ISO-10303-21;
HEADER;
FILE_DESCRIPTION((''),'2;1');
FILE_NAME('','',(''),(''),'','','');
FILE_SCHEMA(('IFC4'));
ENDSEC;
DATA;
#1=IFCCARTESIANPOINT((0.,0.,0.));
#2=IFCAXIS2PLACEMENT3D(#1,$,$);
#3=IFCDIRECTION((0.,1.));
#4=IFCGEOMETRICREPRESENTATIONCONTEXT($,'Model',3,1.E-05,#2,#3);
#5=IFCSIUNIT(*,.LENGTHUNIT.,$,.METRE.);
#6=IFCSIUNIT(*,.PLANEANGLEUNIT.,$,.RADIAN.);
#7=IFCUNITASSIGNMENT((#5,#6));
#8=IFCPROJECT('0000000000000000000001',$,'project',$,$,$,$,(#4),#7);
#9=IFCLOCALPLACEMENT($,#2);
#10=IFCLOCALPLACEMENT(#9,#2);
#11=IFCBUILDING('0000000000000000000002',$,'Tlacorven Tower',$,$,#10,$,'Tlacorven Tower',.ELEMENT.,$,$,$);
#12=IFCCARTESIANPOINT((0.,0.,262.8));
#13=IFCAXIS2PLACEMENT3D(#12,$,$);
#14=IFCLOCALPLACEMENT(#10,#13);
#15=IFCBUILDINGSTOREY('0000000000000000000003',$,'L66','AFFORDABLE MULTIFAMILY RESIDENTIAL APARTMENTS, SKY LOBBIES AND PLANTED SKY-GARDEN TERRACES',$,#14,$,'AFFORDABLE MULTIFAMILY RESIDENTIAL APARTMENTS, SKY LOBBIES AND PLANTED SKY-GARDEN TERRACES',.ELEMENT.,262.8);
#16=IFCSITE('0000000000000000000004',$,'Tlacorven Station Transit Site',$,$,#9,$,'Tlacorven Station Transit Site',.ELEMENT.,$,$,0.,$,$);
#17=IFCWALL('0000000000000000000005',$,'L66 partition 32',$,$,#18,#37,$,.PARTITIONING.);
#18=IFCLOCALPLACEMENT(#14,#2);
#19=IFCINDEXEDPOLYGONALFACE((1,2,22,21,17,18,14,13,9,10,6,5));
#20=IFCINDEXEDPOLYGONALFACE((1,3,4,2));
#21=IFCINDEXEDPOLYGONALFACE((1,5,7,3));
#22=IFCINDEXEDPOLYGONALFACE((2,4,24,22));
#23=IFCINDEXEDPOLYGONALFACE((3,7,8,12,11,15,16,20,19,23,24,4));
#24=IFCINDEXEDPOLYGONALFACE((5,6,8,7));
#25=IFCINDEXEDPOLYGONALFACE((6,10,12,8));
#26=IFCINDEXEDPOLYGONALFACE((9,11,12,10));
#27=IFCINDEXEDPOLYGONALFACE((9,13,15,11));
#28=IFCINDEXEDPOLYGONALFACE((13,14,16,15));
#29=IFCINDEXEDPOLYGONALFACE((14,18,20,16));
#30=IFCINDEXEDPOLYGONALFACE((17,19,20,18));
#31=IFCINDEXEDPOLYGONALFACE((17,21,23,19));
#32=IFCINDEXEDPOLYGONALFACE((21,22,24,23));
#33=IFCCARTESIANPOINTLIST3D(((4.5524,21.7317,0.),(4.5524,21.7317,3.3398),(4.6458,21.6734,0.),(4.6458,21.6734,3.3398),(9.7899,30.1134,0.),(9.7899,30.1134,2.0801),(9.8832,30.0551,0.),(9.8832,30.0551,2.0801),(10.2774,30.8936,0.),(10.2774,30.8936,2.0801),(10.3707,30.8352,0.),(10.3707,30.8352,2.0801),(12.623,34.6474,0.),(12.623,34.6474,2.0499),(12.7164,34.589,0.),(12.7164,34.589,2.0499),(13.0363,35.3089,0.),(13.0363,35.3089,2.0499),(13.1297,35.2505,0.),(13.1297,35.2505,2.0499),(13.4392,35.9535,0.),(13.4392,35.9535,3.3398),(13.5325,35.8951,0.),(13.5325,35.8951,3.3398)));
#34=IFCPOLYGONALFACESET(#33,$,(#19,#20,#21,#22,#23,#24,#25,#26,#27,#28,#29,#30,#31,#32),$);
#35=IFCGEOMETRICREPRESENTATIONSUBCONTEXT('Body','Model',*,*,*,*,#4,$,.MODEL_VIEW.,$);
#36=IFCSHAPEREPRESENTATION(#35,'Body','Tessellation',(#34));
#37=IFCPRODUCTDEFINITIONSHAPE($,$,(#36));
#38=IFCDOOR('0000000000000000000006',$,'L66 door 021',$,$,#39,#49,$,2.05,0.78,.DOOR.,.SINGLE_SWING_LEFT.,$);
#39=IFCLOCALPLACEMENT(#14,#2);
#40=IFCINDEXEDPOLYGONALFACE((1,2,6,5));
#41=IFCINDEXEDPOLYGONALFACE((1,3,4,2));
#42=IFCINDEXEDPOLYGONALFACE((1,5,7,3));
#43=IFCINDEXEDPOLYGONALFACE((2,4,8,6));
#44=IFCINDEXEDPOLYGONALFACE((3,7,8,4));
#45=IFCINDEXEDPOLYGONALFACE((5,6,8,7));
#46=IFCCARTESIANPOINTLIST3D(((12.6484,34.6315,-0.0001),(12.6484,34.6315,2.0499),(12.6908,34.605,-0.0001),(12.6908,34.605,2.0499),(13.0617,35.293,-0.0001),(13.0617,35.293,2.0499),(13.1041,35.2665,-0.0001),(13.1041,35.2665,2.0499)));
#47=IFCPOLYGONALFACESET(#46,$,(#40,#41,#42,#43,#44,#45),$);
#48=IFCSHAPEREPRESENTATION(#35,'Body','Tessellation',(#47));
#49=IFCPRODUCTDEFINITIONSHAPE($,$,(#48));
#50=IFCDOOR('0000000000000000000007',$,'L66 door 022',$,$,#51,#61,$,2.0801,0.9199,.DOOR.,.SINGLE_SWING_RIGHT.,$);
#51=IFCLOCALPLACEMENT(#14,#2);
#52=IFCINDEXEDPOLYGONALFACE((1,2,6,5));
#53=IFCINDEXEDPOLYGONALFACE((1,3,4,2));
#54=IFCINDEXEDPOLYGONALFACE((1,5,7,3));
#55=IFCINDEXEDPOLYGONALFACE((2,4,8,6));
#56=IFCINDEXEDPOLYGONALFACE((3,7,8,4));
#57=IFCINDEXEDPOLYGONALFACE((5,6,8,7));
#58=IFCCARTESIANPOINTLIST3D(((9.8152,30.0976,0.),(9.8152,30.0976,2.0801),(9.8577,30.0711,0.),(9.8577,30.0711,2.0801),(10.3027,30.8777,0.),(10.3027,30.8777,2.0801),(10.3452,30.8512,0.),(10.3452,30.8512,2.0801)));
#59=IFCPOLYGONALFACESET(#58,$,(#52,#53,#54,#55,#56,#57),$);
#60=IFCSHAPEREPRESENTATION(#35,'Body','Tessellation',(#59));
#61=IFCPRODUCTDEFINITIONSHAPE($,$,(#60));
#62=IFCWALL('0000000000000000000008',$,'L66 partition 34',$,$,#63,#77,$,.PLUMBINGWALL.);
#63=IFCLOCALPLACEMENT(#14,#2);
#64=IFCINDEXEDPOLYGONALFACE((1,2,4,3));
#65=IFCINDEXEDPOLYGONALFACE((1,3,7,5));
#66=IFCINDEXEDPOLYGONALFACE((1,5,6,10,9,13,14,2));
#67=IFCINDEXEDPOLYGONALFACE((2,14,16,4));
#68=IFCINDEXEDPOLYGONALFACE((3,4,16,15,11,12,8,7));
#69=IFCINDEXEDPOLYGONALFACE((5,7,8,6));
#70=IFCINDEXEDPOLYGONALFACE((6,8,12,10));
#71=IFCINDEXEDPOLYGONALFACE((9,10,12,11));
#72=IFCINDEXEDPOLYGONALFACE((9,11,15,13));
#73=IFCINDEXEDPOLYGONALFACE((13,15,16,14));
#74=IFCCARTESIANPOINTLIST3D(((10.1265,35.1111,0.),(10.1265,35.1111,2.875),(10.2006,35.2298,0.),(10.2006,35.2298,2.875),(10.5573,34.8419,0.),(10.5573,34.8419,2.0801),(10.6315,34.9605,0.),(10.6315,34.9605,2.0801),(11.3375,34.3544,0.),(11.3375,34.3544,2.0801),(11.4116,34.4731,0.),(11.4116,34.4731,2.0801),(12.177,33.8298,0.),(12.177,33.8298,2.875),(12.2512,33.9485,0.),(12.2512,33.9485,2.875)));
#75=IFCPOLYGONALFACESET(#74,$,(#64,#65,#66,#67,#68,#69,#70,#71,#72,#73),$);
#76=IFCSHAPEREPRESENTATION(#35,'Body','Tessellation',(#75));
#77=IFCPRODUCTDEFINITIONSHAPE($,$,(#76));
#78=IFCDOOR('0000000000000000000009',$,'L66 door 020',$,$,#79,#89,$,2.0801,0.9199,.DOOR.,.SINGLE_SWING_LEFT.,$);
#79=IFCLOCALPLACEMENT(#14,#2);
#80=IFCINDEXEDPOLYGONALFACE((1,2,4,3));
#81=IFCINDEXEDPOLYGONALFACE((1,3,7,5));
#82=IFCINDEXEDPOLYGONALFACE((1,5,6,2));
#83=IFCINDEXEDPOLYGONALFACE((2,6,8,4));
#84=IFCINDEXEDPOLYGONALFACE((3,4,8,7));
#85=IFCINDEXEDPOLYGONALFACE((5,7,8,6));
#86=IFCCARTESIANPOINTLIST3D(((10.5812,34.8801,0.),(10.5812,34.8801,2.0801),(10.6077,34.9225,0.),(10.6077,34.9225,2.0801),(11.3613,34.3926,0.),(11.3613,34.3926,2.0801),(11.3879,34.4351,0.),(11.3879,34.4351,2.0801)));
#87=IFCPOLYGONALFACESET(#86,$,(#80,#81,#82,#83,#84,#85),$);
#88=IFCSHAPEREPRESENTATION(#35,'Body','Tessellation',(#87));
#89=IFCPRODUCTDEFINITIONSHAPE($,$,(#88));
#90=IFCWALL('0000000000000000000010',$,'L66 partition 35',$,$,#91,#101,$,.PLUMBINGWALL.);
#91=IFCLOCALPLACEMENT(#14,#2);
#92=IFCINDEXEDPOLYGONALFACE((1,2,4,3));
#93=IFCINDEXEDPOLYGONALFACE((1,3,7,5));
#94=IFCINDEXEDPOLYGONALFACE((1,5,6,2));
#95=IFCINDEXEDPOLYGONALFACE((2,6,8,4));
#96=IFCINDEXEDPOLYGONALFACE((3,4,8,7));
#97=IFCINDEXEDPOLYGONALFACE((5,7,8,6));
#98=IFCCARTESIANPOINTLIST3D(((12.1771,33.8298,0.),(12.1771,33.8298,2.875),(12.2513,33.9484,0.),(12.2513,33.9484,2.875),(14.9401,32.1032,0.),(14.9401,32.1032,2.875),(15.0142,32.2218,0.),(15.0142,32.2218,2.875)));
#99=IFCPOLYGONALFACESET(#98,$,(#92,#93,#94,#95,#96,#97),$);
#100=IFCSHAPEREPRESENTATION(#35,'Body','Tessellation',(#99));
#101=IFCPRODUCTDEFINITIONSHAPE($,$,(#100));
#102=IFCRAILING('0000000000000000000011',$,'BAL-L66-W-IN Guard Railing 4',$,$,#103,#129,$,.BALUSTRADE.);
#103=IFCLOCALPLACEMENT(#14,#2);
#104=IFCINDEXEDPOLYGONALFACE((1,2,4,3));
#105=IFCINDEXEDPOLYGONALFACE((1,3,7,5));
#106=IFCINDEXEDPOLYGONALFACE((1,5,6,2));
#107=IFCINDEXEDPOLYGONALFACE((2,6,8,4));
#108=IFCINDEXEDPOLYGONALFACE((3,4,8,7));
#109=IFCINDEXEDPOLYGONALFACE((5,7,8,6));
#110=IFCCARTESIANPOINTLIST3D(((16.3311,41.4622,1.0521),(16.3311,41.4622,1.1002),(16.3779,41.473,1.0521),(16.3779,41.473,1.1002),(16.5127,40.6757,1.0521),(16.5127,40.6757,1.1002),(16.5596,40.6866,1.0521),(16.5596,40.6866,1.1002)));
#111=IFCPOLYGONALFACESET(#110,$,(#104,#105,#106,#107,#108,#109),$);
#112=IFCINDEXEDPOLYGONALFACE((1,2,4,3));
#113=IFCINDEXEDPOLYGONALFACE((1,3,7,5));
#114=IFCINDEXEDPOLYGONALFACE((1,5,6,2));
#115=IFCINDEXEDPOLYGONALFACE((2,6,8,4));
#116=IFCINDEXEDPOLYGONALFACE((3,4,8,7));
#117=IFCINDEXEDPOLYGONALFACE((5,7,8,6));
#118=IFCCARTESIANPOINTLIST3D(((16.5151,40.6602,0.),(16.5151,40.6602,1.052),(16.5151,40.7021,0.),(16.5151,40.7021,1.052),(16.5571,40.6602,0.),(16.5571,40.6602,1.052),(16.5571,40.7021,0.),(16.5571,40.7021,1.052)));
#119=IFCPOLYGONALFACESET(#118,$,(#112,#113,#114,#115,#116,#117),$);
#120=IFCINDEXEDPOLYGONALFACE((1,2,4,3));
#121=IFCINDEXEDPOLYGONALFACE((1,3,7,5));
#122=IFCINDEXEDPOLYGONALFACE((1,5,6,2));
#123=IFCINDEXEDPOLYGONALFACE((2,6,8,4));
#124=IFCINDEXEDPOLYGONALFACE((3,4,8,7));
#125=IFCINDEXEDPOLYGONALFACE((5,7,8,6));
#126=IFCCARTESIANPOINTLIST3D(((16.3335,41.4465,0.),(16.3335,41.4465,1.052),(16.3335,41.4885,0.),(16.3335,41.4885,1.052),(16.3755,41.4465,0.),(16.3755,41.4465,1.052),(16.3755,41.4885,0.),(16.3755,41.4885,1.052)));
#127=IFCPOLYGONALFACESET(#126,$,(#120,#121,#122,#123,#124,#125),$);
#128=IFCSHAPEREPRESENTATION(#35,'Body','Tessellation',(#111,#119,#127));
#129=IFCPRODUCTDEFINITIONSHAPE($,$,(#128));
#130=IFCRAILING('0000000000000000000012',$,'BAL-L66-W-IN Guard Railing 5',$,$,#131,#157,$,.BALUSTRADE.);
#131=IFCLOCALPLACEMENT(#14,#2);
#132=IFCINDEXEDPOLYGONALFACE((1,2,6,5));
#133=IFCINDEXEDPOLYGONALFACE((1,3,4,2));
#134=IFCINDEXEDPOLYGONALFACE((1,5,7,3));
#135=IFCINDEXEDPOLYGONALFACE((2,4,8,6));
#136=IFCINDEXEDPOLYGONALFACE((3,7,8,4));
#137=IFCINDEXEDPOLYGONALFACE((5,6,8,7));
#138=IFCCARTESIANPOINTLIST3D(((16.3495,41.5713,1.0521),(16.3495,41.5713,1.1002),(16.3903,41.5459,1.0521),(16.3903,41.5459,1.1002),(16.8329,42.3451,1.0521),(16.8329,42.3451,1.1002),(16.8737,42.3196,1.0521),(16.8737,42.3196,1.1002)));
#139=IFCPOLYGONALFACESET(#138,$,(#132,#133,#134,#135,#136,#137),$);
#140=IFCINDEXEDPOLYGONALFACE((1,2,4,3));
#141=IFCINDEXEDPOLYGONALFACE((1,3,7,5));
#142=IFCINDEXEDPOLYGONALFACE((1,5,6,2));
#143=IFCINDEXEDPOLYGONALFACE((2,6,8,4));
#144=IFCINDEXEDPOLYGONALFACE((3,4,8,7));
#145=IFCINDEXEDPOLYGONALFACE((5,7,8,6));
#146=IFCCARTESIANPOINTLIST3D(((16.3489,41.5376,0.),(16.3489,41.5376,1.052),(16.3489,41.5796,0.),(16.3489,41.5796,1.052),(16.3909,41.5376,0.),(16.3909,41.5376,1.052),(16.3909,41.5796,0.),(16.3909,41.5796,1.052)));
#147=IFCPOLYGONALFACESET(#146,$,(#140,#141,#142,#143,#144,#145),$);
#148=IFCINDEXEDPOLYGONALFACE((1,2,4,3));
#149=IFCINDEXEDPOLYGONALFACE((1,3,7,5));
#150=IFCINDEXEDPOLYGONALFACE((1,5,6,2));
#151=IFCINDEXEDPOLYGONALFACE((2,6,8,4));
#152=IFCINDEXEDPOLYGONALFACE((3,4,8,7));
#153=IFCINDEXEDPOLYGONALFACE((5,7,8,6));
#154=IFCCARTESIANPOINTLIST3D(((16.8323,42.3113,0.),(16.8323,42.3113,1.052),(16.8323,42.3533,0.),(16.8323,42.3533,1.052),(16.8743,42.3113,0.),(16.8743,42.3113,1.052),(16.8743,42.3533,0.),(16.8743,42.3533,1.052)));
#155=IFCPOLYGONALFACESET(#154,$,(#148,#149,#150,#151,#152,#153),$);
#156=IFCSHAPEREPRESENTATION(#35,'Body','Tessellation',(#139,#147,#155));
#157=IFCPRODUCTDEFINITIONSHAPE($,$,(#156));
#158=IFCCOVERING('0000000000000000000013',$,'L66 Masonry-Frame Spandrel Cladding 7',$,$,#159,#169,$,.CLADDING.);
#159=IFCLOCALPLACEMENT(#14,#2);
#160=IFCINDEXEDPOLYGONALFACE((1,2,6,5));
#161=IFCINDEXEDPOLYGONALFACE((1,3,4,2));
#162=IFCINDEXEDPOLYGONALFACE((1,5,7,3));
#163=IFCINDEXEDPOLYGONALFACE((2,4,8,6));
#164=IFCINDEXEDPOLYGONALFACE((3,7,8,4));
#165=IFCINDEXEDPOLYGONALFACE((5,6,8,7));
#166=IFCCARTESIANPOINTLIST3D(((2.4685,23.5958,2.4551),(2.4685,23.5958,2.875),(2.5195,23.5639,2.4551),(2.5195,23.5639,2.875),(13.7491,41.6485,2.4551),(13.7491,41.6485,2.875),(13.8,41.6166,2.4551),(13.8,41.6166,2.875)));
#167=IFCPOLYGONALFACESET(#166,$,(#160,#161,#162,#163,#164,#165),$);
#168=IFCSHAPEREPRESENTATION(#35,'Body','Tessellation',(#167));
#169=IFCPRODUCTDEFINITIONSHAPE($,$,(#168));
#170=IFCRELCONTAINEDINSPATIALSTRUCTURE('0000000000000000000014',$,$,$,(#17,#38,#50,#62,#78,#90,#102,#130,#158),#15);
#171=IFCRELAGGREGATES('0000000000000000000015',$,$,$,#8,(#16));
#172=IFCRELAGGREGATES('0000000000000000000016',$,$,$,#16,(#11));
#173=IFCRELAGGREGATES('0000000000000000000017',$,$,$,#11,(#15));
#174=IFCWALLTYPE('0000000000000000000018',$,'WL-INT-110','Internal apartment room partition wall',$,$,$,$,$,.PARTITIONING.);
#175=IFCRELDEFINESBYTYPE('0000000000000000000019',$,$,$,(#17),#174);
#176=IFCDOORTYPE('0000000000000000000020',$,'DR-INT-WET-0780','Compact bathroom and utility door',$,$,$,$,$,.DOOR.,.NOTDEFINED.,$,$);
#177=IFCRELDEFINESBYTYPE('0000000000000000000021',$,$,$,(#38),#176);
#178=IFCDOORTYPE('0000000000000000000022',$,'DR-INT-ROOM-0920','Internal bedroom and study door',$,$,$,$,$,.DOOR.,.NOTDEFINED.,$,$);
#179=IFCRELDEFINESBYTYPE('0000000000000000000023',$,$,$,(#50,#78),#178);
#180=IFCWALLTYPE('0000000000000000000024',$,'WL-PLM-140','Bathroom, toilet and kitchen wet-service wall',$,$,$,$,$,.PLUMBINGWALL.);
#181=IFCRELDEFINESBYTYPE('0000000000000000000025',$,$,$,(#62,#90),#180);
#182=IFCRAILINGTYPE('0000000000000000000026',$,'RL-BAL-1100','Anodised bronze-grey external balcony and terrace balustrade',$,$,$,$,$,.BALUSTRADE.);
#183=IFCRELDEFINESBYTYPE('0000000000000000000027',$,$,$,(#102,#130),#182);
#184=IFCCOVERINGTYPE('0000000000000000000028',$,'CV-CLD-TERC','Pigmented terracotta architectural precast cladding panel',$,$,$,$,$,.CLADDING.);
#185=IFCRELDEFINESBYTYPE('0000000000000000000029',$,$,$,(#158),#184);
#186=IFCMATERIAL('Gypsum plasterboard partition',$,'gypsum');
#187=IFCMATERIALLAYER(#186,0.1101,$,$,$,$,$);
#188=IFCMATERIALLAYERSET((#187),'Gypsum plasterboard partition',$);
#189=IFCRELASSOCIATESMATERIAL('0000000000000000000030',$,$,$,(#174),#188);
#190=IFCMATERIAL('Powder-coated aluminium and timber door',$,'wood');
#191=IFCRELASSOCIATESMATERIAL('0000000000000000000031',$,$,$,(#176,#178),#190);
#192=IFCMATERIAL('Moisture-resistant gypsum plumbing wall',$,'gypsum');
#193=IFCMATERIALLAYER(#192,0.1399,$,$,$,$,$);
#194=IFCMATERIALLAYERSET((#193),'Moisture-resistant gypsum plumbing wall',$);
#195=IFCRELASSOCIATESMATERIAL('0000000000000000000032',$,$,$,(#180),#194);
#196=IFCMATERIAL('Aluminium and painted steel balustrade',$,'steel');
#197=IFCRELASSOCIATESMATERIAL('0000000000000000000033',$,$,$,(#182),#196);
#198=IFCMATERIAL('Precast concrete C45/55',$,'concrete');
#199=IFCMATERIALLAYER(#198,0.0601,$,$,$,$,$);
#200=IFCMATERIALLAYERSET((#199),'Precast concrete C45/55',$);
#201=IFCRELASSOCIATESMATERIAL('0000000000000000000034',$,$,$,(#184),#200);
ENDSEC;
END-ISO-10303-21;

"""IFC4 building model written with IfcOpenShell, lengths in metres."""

from ifc_helpers import new_model, si_unit, direction, frame, frame_2d, origin, origin_2d, place, context, subcontext, project, spatial, rectangle, extrude, source, transform, mapped, material, layer, layer_set, type_object, element, fill, save


model = new_model("IFC4")

# Units and contexts
model_context = context("Model", 3, precision=1e-05, world=origin(), true_north=direction((0.0, 1.0)))
body_context = subcontext(model_context, "Body", "Model", "MODEL_VIEW")
ifc_project = project(units=[si_unit("LENGTHUNIT", "METRE"), si_unit("PLANEANGLEUNIT", "RADIAN")], contexts=[model_context])

# Site, building, storey
site_placement = place(None, origin())
site = spatial("IfcSite", under=ifc_project, at=site_placement, Name="Tlacorven Station Transit Site", LongName="Tlacorven Station Transit Site", CompositionType="ELEMENT", RefElevation=0.0)
building_placement = place(site_placement, origin())
building = spatial("IfcBuilding", under=site, at=building_placement, Name="Tlacorven Tower", LongName="Tlacorven Tower", CompositionType="ELEMENT")
storey_placement = place(building_placement, frame((0.0, 0.0, 262.8)))
storey = spatial("IfcBuildingStorey", under=building, at=storey_placement, Name="L66", Description="AFFORDABLE MULTIFAMILY RESIDENTIAL APARTMENTS, SKY LOBBIES AND PLANTED SKY-GARDEN TERRACES", LongName="AFFORDABLE MULTIFAMILY RESIDENTIAL APARTMENTS, SKY LOBBIES AND PLANTED SKY-GARDEN TERRACES", CompositionType="ELEMENT", Elevation=262.8)

# Shared definitions
ifc_material_1 = material(Name="Precast concrete C45/55", Category="concrete")
ifc_material_2 = material(Name="Powder-coated aluminium and timber door", Category="wood")

# Wall, openings, doors
ifc_material_3 = material(Name="Gypsum plasterboard partition", Category="gypsum")
ifc_layer_1 = layer(ifc_material_3, 0.1101)
ifc_layer_set_1 = layer_set([ifc_layer_1], Name="Gypsum plasterboard partition")
wall_type_1 = type_object("IfcWallType", Name="WL-INT-110", Description="Internal apartment room partition wall", PredefinedType="PARTITIONING", material=ifc_layer_set_1)
wall_1_placement = place(storey_placement, frame((13.4858, 35.9243, 0.0), z_axis=(0.0, 0.0, 1.0), x_axis=(-0.52992, -0.848047, 0.0)))
wall_1 = element("IfcWall", 1, at=wall_1_placement, inside=storey, type_object=wall_type_1, Name="L66 partition 32", PredefinedType="PARTITIONING", context=body_context, shape_type="SweptSolid", body=[
    extrude(rectangle(XDim=16.77, YDim=0.1101, at=frame_2d((8.385, 0.0))), origin(), (0.0, 0.0, 1.0), 3.3398),
])
opening_1_placement = place(wall_1_placement, frame((0.76, 0.0, 0.0)))
opening_1 = element("IfcOpeningElement", 2, at=opening_1_placement, cuts=wall_1, PredefinedType="OPENING", context=body_context, shape_type="SweptSolid", body=[
    extrude(rectangle(XDim=0.78, YDim=2.05, at=frame_2d((0.3901, 1.0249))), frame((0.0, 0.0649, 0.0), z_axis=(0.0, -1.0, 0.0), x_axis=(1.0, 0.0, 0.0)), (0.0, 0.0, 1.0), 0.1301),
])
opening_2_placement = place(wall_1_placement, frame((5.9666, 0.0, 0.0)))
opening_2 = element("IfcOpeningElement", 3, at=opening_2_placement, cuts=wall_1, PredefinedType="OPENING", context=body_context, shape_type="SweptSolid", body=[
    extrude(rectangle(XDim=0.9199, YDim=2.0801, at=frame_2d((0.46, 1.04))), frame((0.0, 0.0649, 0.0), z_axis=(0.0, -1.0, 0.0), x_axis=(1.0, 0.0, 0.0)), (0.0, 0.0, 1.0), 0.1301),
])
door_type_1 = type_object("IfcDoorType", Name="DR-INT-WET-0780", Description="Compact bathroom and utility door", OperationType="NOTDEFINED", PredefinedType="DOOR", material=ifc_material_2)
shared_shape_1 = source(origin(), body_context, "Body", "SweptSolid", [
    extrude(rectangle(XDim=0.78, YDim=2.05, at=frame_2d((0.3901, 1.0249))), frame((0.0, 0.0249, 0.0), z_axis=(0.0, -1.0, 0.0), x_axis=(1.0, 0.0, 0.0)), (0.0, 0.0, 1.0), 0.05),
])
door_1_placement = place(opening_1_placement, origin())
door_1 = element("IfcDoor", 4, at=door_1_placement, inside=storey, type_object=door_type_1, Name="L66 door 021", OperationType="SINGLE_SWING_LEFT", OverallHeight=2.05, OverallWidth=0.78, PredefinedType="DOOR", context=body_context, shape_type="MappedRepresentation", body=[
    mapped(shared_shape_1, transform((0.0, 0.0, 0.0), scale=1.0)),
])
fill(opening_1, door_1)
door_type_2 = type_object("IfcDoorType", Name="DR-INT-ROOM-0920", Description="Internal bedroom and study door", OperationType="NOTDEFINED", PredefinedType="DOOR", material=ifc_material_2)
shared_shape_2 = source(origin(), body_context, "Body", "SweptSolid", [
    extrude(rectangle(XDim=0.9199, YDim=2.0801, at=frame_2d((0.46, 1.04))), frame((0.0, 0.0249, 0.0), z_axis=(0.0, -1.0, 0.0), x_axis=(1.0, 0.0, 0.0)), (0.0, 0.0, 1.0), 0.05),
])
door_2_placement = place(opening_2_placement, origin())
door_2 = element("IfcDoor", 5, at=door_2_placement, inside=storey, type_object=door_type_2, Name="L66 door 022", OperationType="SINGLE_SWING_RIGHT", OverallHeight=2.0801, OverallWidth=0.9199, PredefinedType="DOOR", context=body_context, shape_type="MappedRepresentation", body=[
    mapped(shared_shape_2, transform((0.0, 0.0, 0.0), scale=1.0)),
])
fill(opening_2, door_2)

# Wall, opening, door
ifc_material_4 = material(Name="Moisture-resistant gypsum plumbing wall", Category="gypsum")
ifc_layer_2 = layer(ifc_material_4, 0.1399)
ifc_layer_set_2 = layer_set([ifc_layer_2], Name="Moisture-resistant gypsum plumbing wall")
wall_type_2 = type_object("IfcWallType", Name="WL-PLM-140", Description="Bathroom, toilet and kitchen wet-service wall", PredefinedType="PLUMBINGWALL", material=ifc_layer_set_2)
wall_2_placement = place(storey_placement, frame((12.2141, 33.8892, 0.0), z_axis=(0.0, 0.0, 1.0), x_axis=(-0.848061, 0.529899, 0.0)))
wall_2 = element("IfcWall", 6, at=wall_2_placement, inside=storey, type_object=wall_type_2, Name="L66 partition 34", PredefinedType="PLUMBINGWALL", context=body_context, shape_type="SweptSolid", body=[
    extrude(rectangle(XDim=2.418, YDim=0.1399, at=frame_2d((1.209, 0.0))), origin(), (0.0, 0.0, 1.0), 2.875),
])
opening_3_placement = place(wall_2_placement, frame((0.99, 0.0, 0.0)))
opening_3 = element("IfcOpeningElement", 7, at=opening_3_placement, cuts=wall_2, PredefinedType="OPENING", context=body_context, shape_type="SweptSolid", body=[
    extrude(rectangle(XDim=0.9199, YDim=2.0801, at=frame_2d((0.46, 1.04))), frame((0.0, 0.0801, 0.0), z_axis=(0.0, -1.0, 0.0), x_axis=(1.0, 0.0, 0.0)), (0.0, 0.0, 1.0), 0.1599),
])
door_3_placement = place(opening_3_placement, origin())
door_3 = element("IfcDoor", 8, at=door_3_placement, inside=storey, type_object=door_type_2, Name="L66 door 020", OperationType="SINGLE_SWING_LEFT", OverallHeight=2.0801, OverallWidth=0.9199, PredefinedType="DOOR", context=body_context, shape_type="MappedRepresentation", body=[
    mapped(shared_shape_2, transform((0.0, 0.0, 0.0), scale=1.0)),
])
fill(opening_3, door_3)

# Wall
wall_3_placement = place(storey_placement, frame((14.9771, 32.1626, 0.0), z_axis=(0.0, 0.0, 1.0), x_axis=(-0.848036, 0.529938, 0.0)))
element("IfcWall", 9, at=wall_3_placement, inside=storey, type_object=wall_type_2, Name="L66 partition 35", PredefinedType="PLUMBINGWALL", context=body_context, shape_type="SweptSolid", body=[
    extrude(rectangle(XDim=3.2581, YDim=0.1399, at=frame_2d((1.6289, 0.0))), origin(), (0.0, 0.0, 1.0), 2.875),
])

# Railings
ifc_material_5 = material(Name="Aluminium and painted steel balustrade", Category="steel")
railing_type = type_object("IfcRailingType", Name="RL-BAL-1100", Description="Anodised bronze-grey external balcony and terrace balustrade", PredefinedType="BALUSTRADE", material=ifc_material_5)
shared_shape_3 = source(origin(), body_context, "Body", "SweptSolid", [
    extrude(rectangle(XDim=0.0481, YDim=0.0481, at=origin_2d()), frame((0.0, 0.0, 1.0762), z_axis=(-0.225058, 0.974345, 0.0), x_axis=(-0.974345, -0.225058, 0.0)), (0.0, 0.0, 1.0), 0.8071),
    extrude(rectangle(XDim=0.042, YDim=0.042, at=origin_2d()), origin(), (0.0, 0.0, 1.0), 1.052),
    extrude(rectangle(XDim=0.042, YDim=0.042, at=origin_2d()), frame((-0.1816, 0.7864, 0.0)), (0.0, 0.0, 1.0), 1.052),
])
railing_1_placement = place(storey_placement, frame((16.5361, 40.6812, 0.0)))
element("IfcRailing", 10, at=railing_1_placement, inside=storey, type_object=railing_type, Name="BAL-L66-W-IN Guard Railing 4", PredefinedType="BALUSTRADE", context=body_context, shape_type="MappedRepresentation", body=[
    mapped(shared_shape_3, transform((0.0, 0.0, 0.0), scale=1.0)),
])
shared_shape_4 = source(origin(), body_context, "Body", "SweptSolid", [
    extrude(rectangle(XDim=0.0481, YDim=0.0481, at=origin_2d()), frame((0.0, 0.0, 1.0762), z_axis=(0.529879, 0.848073, 0.0), x_axis=(-0.848073, 0.529879, 0.0)), (0.0, 0.0, 1.0), 0.9124),
    extrude(rectangle(XDim=0.042, YDim=0.042, at=origin_2d()), origin(), (0.0, 0.0, 1.0), 1.052),
    extrude(rectangle(XDim=0.042, YDim=0.042, at=origin_2d()), frame((0.4834, 0.7737, 0.0)), (0.0, 0.0, 1.0), 1.052),
])
railing_2_placement = place(storey_placement, frame((16.3699, 41.5586, 0.0)))
element("IfcRailing", 11, at=railing_2_placement, inside=storey, type_object=railing_type, Name="BAL-L66-W-IN Guard Railing 5", PredefinedType="BALUSTRADE", context=body_context, shape_type="MappedRepresentation", body=[
    mapped(shared_shape_4, transform((0.0, 0.0, 0.0), scale=1.0)),
])

# Covering
ifc_layer_3 = layer(ifc_material_1, 0.0601)
ifc_layer_set_3 = layer_set([ifc_layer_3], Name="Precast concrete C45/55")
covering_type = type_object("IfcCoveringType", Name="CV-CLD-TERC", Description="Pigmented terracotta architectural precast cladding panel", PredefinedType="CLADDING", material=ifc_layer_set_3)
shared_shape_5 = source(origin(), body_context, "Body", "SweptSolid", [
    extrude(rectangle(XDim=21.2874, YDim=0.0601, at=origin_2d()), origin(), (0.0, 0.0, 1.0), 0.4199),
])
covering_placement = place(storey_placement, frame((8.1343, 32.6062, 2.4551), z_axis=(0.0, 0.0, 1.0), x_axis=(0.529919, 0.848048, 0.0)))
element("IfcCovering", 12, at=covering_placement, inside=storey, type_object=covering_type, Name="L66 Masonry-Frame Spandrel Cladding 7", PredefinedType="CLADDING", context=body_context, shape_type="MappedRepresentation", body=[
    mapped(shared_shape_5, transform((0.0, 0.0, 0.0), scale=1.0)),
])

save(model, "model.ifc")
